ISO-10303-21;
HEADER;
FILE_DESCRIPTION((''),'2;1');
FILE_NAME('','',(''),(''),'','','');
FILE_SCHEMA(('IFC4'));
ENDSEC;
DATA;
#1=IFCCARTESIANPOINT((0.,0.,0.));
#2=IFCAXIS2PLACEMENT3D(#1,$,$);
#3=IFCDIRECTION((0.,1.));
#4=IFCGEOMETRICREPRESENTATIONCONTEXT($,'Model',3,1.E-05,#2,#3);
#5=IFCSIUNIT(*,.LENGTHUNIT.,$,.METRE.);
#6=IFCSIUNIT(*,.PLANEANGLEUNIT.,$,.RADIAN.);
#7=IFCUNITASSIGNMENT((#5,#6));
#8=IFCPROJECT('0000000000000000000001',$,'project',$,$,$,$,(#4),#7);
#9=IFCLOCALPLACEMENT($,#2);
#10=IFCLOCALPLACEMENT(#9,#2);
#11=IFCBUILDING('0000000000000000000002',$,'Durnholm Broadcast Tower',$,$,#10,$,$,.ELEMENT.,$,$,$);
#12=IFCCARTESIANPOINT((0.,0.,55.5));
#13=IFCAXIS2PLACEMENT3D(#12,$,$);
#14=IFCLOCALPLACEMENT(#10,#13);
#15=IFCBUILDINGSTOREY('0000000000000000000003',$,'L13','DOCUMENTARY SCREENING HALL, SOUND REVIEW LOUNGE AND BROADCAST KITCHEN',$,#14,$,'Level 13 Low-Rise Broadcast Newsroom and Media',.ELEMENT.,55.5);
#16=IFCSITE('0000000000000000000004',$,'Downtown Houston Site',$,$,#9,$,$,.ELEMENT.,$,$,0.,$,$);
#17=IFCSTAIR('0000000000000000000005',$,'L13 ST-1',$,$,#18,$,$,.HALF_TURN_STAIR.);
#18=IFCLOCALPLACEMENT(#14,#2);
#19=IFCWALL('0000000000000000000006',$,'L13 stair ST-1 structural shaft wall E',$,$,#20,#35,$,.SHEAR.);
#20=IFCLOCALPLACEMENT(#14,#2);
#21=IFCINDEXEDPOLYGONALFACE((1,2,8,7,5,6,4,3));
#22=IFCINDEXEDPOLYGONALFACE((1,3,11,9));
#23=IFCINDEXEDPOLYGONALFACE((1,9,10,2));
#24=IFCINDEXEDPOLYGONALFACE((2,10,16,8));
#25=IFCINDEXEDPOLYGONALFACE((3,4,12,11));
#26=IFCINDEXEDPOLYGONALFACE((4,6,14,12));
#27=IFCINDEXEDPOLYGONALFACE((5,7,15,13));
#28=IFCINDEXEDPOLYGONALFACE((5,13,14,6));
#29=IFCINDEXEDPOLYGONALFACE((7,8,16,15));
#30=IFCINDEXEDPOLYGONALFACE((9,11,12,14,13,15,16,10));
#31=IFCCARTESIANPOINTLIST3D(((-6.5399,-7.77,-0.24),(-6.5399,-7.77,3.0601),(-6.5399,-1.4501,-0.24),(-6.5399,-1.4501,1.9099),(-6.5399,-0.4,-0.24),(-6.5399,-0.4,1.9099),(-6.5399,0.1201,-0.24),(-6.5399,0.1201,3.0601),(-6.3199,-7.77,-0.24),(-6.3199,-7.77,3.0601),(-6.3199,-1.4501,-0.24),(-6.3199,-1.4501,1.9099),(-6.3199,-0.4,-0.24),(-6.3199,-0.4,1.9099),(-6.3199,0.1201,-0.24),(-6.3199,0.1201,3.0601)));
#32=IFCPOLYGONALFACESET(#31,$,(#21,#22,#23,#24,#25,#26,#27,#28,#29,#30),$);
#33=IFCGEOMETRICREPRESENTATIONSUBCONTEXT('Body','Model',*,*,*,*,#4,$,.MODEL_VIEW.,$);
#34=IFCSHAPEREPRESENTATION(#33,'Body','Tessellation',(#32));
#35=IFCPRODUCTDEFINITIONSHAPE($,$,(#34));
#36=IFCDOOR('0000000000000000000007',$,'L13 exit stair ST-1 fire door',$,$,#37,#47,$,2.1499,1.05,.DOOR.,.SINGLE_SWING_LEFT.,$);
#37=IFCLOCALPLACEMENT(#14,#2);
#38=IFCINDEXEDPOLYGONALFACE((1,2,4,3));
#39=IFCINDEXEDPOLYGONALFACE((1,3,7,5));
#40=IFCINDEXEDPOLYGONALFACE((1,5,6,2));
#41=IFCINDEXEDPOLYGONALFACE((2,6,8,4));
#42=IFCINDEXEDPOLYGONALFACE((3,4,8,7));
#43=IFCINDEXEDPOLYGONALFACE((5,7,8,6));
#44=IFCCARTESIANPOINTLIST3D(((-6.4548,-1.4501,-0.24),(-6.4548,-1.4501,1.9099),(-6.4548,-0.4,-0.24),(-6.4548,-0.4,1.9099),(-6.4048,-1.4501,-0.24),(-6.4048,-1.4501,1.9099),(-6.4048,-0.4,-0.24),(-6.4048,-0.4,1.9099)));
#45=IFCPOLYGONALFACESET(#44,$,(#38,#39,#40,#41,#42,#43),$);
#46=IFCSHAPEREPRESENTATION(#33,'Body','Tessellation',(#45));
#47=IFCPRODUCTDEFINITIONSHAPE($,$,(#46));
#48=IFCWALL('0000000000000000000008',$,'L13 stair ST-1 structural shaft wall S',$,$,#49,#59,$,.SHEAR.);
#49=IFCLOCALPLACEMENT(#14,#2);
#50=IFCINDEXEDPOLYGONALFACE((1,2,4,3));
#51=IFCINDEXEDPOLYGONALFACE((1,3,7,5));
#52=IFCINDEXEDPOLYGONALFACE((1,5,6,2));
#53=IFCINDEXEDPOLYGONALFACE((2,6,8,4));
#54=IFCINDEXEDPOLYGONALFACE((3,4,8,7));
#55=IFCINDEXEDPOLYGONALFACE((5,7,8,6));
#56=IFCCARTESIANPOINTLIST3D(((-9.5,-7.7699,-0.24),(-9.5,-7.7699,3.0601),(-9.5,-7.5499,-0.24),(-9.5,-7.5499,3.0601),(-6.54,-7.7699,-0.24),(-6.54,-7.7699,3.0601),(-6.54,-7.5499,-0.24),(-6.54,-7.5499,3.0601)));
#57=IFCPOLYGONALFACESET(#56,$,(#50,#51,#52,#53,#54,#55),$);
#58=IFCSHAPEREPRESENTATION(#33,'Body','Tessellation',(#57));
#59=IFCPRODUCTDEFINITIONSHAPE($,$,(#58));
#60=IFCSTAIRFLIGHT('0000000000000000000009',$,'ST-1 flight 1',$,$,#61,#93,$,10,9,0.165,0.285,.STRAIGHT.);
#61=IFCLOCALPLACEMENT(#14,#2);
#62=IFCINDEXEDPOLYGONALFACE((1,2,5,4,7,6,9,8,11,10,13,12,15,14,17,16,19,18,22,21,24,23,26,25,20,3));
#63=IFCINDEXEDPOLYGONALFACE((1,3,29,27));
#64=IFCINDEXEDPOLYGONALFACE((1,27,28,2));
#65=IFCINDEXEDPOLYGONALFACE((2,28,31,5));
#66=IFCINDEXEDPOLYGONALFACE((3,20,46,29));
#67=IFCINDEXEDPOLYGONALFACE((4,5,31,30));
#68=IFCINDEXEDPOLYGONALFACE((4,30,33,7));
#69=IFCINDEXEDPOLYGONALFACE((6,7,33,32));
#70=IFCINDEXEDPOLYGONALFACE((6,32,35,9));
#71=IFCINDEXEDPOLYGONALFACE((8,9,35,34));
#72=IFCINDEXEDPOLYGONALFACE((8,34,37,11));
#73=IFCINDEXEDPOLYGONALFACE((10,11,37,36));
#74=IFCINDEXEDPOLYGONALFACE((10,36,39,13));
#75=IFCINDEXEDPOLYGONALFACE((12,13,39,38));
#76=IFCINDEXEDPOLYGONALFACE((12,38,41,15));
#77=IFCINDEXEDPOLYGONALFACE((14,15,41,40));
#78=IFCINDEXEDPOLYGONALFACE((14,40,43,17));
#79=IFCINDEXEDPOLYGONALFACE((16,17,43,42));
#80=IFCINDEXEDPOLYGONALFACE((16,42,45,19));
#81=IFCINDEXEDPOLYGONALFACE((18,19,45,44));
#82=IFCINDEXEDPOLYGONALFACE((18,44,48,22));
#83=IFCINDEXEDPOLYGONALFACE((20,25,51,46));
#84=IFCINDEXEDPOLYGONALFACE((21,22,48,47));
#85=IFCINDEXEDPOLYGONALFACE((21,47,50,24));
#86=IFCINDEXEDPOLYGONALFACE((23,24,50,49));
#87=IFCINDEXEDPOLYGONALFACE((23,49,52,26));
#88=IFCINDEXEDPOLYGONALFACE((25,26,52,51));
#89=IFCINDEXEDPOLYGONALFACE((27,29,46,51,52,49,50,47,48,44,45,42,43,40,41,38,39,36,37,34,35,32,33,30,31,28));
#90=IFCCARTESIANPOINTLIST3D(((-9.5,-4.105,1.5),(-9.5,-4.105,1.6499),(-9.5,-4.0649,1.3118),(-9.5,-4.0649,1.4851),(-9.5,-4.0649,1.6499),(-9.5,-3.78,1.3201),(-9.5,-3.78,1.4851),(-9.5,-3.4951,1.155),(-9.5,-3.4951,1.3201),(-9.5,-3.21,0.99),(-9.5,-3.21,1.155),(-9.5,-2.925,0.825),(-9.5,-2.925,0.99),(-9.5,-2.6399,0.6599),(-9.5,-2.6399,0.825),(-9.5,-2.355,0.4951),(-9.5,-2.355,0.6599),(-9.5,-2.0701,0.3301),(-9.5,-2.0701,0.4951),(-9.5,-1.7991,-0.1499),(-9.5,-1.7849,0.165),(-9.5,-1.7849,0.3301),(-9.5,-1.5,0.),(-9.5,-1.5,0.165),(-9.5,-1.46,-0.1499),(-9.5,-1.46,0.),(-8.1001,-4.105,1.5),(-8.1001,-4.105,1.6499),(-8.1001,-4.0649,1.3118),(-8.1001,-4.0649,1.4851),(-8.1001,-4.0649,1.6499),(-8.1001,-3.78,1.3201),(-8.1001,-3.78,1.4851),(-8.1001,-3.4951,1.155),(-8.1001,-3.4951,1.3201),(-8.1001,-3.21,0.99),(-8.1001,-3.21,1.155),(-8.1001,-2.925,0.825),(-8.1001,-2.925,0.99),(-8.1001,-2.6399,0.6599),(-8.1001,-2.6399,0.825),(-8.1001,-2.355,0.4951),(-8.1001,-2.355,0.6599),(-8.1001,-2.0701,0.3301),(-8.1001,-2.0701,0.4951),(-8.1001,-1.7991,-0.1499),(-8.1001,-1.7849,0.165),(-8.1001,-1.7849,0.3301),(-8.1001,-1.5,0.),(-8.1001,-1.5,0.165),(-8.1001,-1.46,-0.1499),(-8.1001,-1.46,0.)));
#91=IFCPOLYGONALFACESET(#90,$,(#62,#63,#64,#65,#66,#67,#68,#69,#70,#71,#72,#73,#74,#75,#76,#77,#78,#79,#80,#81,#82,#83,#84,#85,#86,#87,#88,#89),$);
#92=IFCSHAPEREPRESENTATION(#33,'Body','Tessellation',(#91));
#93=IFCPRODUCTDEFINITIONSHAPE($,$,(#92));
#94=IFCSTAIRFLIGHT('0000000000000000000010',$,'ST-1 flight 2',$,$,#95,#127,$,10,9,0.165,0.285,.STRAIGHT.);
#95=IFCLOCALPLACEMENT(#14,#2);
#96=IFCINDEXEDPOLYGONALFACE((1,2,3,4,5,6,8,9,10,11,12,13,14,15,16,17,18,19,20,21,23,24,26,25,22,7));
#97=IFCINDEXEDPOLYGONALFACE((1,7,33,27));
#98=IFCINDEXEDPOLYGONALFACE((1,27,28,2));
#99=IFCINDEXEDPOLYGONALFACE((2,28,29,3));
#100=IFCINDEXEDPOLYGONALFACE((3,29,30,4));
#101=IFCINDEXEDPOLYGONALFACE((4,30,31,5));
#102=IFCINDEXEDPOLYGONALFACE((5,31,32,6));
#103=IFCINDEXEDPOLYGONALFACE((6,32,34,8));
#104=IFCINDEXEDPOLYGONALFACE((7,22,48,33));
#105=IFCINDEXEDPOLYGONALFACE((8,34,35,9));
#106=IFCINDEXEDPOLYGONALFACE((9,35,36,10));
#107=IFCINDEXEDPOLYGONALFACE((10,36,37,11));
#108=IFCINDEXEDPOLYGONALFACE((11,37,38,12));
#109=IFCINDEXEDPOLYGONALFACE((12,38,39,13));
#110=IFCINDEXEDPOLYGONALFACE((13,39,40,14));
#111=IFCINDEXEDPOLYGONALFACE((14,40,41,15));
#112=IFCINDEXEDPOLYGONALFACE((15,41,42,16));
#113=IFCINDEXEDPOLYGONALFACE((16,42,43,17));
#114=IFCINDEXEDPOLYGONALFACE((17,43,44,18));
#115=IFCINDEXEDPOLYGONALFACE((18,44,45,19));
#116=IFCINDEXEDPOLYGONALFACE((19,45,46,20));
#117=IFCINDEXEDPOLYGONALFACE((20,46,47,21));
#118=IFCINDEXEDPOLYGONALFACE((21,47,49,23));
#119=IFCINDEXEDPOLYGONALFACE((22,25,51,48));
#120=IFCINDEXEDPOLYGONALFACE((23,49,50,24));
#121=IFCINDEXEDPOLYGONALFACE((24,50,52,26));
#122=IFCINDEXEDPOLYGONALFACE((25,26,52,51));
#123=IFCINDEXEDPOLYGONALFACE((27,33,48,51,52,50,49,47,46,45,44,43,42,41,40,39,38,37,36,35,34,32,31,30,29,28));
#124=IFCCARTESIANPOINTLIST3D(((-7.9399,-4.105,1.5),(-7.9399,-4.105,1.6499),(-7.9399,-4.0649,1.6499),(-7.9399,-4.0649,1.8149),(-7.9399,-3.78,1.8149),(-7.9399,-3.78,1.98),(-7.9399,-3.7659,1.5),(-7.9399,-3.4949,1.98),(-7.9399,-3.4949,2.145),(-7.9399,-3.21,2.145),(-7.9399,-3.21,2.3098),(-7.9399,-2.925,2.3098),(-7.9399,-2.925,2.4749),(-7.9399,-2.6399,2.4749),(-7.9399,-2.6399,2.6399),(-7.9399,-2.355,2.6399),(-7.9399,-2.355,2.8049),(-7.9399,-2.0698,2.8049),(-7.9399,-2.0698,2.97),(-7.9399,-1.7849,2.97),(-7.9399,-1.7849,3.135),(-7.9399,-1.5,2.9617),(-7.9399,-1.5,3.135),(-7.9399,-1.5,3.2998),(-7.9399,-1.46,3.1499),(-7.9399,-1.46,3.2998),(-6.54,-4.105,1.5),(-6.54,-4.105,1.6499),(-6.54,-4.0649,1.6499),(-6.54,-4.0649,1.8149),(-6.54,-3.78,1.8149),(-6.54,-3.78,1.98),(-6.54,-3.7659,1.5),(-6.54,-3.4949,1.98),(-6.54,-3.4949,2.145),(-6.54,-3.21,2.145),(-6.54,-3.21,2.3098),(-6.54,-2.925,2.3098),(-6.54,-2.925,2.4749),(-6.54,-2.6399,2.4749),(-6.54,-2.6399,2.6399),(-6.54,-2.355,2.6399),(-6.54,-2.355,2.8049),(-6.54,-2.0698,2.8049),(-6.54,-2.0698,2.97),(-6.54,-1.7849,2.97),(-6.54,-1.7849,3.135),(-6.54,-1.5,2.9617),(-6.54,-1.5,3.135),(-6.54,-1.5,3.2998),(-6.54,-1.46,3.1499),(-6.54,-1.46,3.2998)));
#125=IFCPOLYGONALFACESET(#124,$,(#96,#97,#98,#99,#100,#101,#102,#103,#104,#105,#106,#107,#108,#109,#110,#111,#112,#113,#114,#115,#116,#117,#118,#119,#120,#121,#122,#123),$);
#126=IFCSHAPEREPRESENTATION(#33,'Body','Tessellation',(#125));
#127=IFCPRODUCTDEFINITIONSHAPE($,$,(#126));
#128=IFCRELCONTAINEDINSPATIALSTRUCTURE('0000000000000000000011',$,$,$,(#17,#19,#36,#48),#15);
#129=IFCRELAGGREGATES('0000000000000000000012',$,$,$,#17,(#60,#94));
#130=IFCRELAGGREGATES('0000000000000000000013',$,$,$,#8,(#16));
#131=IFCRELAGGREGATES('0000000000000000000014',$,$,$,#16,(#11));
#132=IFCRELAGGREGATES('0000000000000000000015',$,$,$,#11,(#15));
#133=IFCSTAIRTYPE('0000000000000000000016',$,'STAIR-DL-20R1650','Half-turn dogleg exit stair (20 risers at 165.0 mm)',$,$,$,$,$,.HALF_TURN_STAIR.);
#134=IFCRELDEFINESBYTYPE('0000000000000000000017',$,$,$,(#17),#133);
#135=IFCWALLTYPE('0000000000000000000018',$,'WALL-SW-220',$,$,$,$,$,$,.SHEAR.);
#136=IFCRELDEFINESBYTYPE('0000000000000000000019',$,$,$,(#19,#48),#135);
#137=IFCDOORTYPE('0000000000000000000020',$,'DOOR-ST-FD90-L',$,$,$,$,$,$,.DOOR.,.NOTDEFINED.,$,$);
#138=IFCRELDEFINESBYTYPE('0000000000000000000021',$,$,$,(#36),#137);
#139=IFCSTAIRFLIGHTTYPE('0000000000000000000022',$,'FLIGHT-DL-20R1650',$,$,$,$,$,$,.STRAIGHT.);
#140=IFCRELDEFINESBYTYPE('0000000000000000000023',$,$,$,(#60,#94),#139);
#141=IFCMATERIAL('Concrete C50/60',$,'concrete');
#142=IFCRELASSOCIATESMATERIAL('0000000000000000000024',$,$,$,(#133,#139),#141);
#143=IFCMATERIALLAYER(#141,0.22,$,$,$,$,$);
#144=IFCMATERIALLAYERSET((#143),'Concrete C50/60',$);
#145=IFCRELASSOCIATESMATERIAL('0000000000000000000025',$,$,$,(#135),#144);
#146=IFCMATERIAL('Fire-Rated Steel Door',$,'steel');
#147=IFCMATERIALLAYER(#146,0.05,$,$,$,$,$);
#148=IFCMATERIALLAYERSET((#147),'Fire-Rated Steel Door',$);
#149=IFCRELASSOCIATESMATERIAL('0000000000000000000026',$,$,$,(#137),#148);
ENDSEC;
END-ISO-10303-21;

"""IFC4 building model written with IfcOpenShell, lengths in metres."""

from ifc_helpers import new_model, si_unit, direction, frame, frame_2d, origin, place, context, subcontext, project, spatial, polyline, rectangle, outline, extrude, source, transform, mapped, material, layer, layer_set, type_object, type_shapes, element, fill, aggregate, save


model = new_model("IFC4")

# Units and contexts
model_context = context("Model", 3, precision=1e-05, world=origin(), true_north=direction((0.0, 1.0)))
body_context = subcontext(model_context, "Body", "Model", "MODEL_VIEW")
ifc_project = project(units=[si_unit("LENGTHUNIT", "METRE"), si_unit("PLANEANGLEUNIT", "RADIAN")], contexts=[model_context])

# Site, building, storey
site_placement = place(None, origin())
site = spatial("IfcSite", under=ifc_project, at=site_placement, Name="Downtown Houston Site", CompositionType="ELEMENT", RefElevation=0.0)
building_placement = place(site_placement, origin())
building = spatial("IfcBuilding", under=site, at=building_placement, Name="Durnholm Broadcast Tower", CompositionType="ELEMENT")
storey_placement = place(building_placement, frame((0.0, 0.0, 55.5)))
storey = spatial("IfcBuildingStorey", under=building, at=storey_placement, Name="L13", Description="DOCUMENTARY SCREENING HALL, SOUND REVIEW LOUNGE AND BROADCAST KITCHEN", LongName="Level 13 Low-Rise Broadcast Newsroom and Media", CompositionType="ELEMENT", Elevation=55.5)

# Shared definitions
ifc_material_1 = material(Name="Concrete C50/60", Category="concrete")

# Stair
stair_type = type_object("IfcStairType", Name="STAIR-DL-20R1650", Description="Half-turn dogleg exit stair (20 risers at 165.0 mm)", PredefinedType="HALF_TURN_STAIR", material=ifc_material_1)
stair_1_placement = place(storey_placement, origin())
stair_1 = element("IfcStair", 1, at=stair_1_placement, inside=storey, type_object=stair_type, Name="L13 ST-1", PredefinedType="HALF_TURN_STAIR")

# Wall, opening, door
ifc_layer_1 = layer(ifc_material_1, 0.22)
ifc_layer_set_1 = layer_set([ifc_layer_1], Name="Concrete C50/60")
wall_type_1 = type_object("IfcWallType", Name="WALL-SW-220", PredefinedType="SHEAR", material=ifc_layer_set_1)
wall_1_placement = place(storey_placement, frame((-6.4299, -7.77, -0.24), z_axis=(0.0, 0.0, 1.0), x_axis=(0.0, 1.0, 0.0)))
wall_1 = element("IfcWall", 2, at=wall_1_placement, inside=storey, type_object=wall_type_1, Name="L13 stair ST-1 structural shaft wall E", PredefinedType="SHEAR", context=body_context, shape_type="SweptSolid", body=[
    extrude(rectangle(XDim=7.8901, YDim=0.22, at=frame_2d((3.9451, 0.0))), origin(), (0.0, 0.0, 1.0), 3.3),
])
opening_1_placement = place(wall_1_placement, frame((6.3201, 0.0, 0.0)))
opening_1 = element("IfcOpeningElement", 3, at=opening_1_placement, cuts=wall_1, PredefinedType="OPENING", context=body_context, shape_type="SweptSolid", body=[
    extrude(rectangle(XDim=1.05, YDim=2.1499, at=frame_2d((0.5249, 1.075))), frame((0.0, 0.1201, 0.0), z_axis=(0.0, -1.0, 0.0), x_axis=(1.0, 0.0, 0.0)), (0.0, 0.0, 1.0), 0.24),
])
ifc_material_2 = material(Name="Fire-Rated Steel Door", Category="steel")
ifc_layer_2 = layer(ifc_material_2, 0.05)
ifc_layer_set_2 = layer_set([ifc_layer_2], Name="Fire-Rated Steel Door")
door_type_1 = type_object("IfcDoorType", Name="DOOR-ST-FD90-L", OperationType="NOTDEFINED", PredefinedType="DOOR", material=ifc_layer_set_2)
shared_shape_1 = source(origin(), body_context, "Body", "SweptSolid", [
    extrude(rectangle(XDim=1.05, YDim=2.1499, at=frame_2d((0.5249, 1.075))), frame((0.0, 0.0249, 0.0), z_axis=(0.0, -1.0, 0.0), x_axis=(1.0, 0.0, 0.0)), (0.0, 0.0, 1.0), 0.05),
])
type_shapes(door_type_1, [shared_shape_1])
door_1_placement = place(opening_1_placement, origin())
door_1 = element("IfcDoor", 4, at=door_1_placement, inside=storey, type_object=door_type_1, Name="L13 exit stair ST-1 fire door", OperationType="SINGLE_SWING_LEFT", OverallHeight=2.1499, OverallWidth=1.05, PredefinedType="DOOR", context=body_context, shape_type="MappedRepresentation", body=[
    mapped(shared_shape_1, transform((0.0, 0.0, 0.0), x_axis=(1.0, 0.0, 0.0), y_axis=(0.0, 1.0, 0.0), z_axis=(0.0, 0.0, 1.0), scale=1.0)),
])
fill(opening_1, door_1)

# Wall
wall_2_placement = place(storey_placement, frame((-9.5, -7.6599, -0.24), z_axis=(0.0, 0.0, 1.0), x_axis=(1.0, 0.0, 0.0)))
element("IfcWall", 5, at=wall_2_placement, inside=storey, type_object=wall_type_1, Name="L13 stair ST-1 structural shaft wall S", PredefinedType="SHEAR", context=body_context, shape_type="SweptSolid", body=[
    extrude(rectangle(XDim=2.96, YDim=0.22, at=frame_2d((1.48, 0.0))), origin(), (0.0, 0.0, 1.0), 3.3),
])

# Stair flights
stair_flight_type = type_object("IfcStairFlightType", Name="FLIGHT-DL-20R1650", PredefinedType="STRAIGHT", material=ifc_material_1)
stair_flight_1_placement = place(storey_placement, frame((-8.8, -1.5, 0.0), z_axis=(0.0, 0.0, 1.0), x_axis=(0.0, -1.0, 0.0)))
stair_flight_1 = element("IfcStairFlight", 6, at=stair_flight_1_placement, type_object=stair_flight_type, Name="ST-1 flight 1", NumberOfRisers=10, NumberOfTreads=9, PredefinedType="STRAIGHT", RiserHeight=0.165, TreadLength=0.285, context=body_context, shape_type="SweptSolid", body=[
    extrude(outline(polyline([(-0.04, -0.1499), (-0.04, 0.0), (0.0, 0.0), (0.0, 0.165), (0.2849, 0.165), (0.2849, 0.3301), (0.5701, 0.3301), (0.5701, 0.4951), (0.855, 0.4951), (0.855, 0.6599), (1.1399, 0.6599), (1.1399, 0.825), (1.425, 0.825), (1.425, 0.99), (1.71, 0.99), (1.71, 1.155), (1.9951, 1.155), (1.9951, 1.3201), (2.28, 1.3201), (2.28, 1.4851), (2.5649, 1.4851), (2.5649, 1.6499), (2.605, 1.6499), (2.605, 1.5), (2.5649, 1.3118), (0.2991, -0.1499), (-0.04, -0.1499)])), frame((0.0, 0.7, 0.0), z_axis=(0.0, -1.0, 0.0), x_axis=(1.0, 0.0, 0.0)), (0.0, 0.0, 1.0), 1.3999),
])
stair_flight_2_placement = place(storey_placement, frame((-7.24, -4.0649, 1.6499), z_axis=(0.0, 0.0, 1.0), x_axis=(0.0, 1.0, 0.0)))
stair_flight_2 = element("IfcStairFlight", 7, at=stair_flight_2_placement, type_object=stair_flight_type, Name="ST-1 flight 2", NumberOfRisers=10, NumberOfTreads=9, PredefinedType="STRAIGHT", RiserHeight=0.165, TreadLength=0.285, context=body_context, shape_type="SweptSolid", body=[
    extrude(outline(polyline([(-0.04, -0.1499), (-0.04, 0.0), (0.0, 0.0), (0.0, 0.165), (0.2849, 0.165), (0.2849, 0.3301), (0.5701, 0.3301), (0.5701, 0.4951), (0.855, 0.4951), (0.855, 0.6599), (1.1399, 0.6599), (1.1399, 0.825), (1.425, 0.825), (1.425, 0.99), (1.71, 0.99), (1.71, 1.155), (1.9951, 1.155), (1.9951, 1.3201), (2.28, 1.3201), (2.28, 1.4851), (2.5649, 1.4851), (2.5649, 1.6499), (2.605, 1.6499), (2.605, 1.5), (2.5649, 1.3118), (0.2991, -0.1499), (-0.04, -0.1499)])), frame((0.0, 0.7, 0.0), z_axis=(0.0, -1.0, 0.0), x_axis=(1.0, 0.0, 0.0)), (0.0, 0.0, 1.0), 1.3999),
])
aggregate(stair_1, [stair_flight_1, stair_flight_2])

save(model, "model.ifc")
